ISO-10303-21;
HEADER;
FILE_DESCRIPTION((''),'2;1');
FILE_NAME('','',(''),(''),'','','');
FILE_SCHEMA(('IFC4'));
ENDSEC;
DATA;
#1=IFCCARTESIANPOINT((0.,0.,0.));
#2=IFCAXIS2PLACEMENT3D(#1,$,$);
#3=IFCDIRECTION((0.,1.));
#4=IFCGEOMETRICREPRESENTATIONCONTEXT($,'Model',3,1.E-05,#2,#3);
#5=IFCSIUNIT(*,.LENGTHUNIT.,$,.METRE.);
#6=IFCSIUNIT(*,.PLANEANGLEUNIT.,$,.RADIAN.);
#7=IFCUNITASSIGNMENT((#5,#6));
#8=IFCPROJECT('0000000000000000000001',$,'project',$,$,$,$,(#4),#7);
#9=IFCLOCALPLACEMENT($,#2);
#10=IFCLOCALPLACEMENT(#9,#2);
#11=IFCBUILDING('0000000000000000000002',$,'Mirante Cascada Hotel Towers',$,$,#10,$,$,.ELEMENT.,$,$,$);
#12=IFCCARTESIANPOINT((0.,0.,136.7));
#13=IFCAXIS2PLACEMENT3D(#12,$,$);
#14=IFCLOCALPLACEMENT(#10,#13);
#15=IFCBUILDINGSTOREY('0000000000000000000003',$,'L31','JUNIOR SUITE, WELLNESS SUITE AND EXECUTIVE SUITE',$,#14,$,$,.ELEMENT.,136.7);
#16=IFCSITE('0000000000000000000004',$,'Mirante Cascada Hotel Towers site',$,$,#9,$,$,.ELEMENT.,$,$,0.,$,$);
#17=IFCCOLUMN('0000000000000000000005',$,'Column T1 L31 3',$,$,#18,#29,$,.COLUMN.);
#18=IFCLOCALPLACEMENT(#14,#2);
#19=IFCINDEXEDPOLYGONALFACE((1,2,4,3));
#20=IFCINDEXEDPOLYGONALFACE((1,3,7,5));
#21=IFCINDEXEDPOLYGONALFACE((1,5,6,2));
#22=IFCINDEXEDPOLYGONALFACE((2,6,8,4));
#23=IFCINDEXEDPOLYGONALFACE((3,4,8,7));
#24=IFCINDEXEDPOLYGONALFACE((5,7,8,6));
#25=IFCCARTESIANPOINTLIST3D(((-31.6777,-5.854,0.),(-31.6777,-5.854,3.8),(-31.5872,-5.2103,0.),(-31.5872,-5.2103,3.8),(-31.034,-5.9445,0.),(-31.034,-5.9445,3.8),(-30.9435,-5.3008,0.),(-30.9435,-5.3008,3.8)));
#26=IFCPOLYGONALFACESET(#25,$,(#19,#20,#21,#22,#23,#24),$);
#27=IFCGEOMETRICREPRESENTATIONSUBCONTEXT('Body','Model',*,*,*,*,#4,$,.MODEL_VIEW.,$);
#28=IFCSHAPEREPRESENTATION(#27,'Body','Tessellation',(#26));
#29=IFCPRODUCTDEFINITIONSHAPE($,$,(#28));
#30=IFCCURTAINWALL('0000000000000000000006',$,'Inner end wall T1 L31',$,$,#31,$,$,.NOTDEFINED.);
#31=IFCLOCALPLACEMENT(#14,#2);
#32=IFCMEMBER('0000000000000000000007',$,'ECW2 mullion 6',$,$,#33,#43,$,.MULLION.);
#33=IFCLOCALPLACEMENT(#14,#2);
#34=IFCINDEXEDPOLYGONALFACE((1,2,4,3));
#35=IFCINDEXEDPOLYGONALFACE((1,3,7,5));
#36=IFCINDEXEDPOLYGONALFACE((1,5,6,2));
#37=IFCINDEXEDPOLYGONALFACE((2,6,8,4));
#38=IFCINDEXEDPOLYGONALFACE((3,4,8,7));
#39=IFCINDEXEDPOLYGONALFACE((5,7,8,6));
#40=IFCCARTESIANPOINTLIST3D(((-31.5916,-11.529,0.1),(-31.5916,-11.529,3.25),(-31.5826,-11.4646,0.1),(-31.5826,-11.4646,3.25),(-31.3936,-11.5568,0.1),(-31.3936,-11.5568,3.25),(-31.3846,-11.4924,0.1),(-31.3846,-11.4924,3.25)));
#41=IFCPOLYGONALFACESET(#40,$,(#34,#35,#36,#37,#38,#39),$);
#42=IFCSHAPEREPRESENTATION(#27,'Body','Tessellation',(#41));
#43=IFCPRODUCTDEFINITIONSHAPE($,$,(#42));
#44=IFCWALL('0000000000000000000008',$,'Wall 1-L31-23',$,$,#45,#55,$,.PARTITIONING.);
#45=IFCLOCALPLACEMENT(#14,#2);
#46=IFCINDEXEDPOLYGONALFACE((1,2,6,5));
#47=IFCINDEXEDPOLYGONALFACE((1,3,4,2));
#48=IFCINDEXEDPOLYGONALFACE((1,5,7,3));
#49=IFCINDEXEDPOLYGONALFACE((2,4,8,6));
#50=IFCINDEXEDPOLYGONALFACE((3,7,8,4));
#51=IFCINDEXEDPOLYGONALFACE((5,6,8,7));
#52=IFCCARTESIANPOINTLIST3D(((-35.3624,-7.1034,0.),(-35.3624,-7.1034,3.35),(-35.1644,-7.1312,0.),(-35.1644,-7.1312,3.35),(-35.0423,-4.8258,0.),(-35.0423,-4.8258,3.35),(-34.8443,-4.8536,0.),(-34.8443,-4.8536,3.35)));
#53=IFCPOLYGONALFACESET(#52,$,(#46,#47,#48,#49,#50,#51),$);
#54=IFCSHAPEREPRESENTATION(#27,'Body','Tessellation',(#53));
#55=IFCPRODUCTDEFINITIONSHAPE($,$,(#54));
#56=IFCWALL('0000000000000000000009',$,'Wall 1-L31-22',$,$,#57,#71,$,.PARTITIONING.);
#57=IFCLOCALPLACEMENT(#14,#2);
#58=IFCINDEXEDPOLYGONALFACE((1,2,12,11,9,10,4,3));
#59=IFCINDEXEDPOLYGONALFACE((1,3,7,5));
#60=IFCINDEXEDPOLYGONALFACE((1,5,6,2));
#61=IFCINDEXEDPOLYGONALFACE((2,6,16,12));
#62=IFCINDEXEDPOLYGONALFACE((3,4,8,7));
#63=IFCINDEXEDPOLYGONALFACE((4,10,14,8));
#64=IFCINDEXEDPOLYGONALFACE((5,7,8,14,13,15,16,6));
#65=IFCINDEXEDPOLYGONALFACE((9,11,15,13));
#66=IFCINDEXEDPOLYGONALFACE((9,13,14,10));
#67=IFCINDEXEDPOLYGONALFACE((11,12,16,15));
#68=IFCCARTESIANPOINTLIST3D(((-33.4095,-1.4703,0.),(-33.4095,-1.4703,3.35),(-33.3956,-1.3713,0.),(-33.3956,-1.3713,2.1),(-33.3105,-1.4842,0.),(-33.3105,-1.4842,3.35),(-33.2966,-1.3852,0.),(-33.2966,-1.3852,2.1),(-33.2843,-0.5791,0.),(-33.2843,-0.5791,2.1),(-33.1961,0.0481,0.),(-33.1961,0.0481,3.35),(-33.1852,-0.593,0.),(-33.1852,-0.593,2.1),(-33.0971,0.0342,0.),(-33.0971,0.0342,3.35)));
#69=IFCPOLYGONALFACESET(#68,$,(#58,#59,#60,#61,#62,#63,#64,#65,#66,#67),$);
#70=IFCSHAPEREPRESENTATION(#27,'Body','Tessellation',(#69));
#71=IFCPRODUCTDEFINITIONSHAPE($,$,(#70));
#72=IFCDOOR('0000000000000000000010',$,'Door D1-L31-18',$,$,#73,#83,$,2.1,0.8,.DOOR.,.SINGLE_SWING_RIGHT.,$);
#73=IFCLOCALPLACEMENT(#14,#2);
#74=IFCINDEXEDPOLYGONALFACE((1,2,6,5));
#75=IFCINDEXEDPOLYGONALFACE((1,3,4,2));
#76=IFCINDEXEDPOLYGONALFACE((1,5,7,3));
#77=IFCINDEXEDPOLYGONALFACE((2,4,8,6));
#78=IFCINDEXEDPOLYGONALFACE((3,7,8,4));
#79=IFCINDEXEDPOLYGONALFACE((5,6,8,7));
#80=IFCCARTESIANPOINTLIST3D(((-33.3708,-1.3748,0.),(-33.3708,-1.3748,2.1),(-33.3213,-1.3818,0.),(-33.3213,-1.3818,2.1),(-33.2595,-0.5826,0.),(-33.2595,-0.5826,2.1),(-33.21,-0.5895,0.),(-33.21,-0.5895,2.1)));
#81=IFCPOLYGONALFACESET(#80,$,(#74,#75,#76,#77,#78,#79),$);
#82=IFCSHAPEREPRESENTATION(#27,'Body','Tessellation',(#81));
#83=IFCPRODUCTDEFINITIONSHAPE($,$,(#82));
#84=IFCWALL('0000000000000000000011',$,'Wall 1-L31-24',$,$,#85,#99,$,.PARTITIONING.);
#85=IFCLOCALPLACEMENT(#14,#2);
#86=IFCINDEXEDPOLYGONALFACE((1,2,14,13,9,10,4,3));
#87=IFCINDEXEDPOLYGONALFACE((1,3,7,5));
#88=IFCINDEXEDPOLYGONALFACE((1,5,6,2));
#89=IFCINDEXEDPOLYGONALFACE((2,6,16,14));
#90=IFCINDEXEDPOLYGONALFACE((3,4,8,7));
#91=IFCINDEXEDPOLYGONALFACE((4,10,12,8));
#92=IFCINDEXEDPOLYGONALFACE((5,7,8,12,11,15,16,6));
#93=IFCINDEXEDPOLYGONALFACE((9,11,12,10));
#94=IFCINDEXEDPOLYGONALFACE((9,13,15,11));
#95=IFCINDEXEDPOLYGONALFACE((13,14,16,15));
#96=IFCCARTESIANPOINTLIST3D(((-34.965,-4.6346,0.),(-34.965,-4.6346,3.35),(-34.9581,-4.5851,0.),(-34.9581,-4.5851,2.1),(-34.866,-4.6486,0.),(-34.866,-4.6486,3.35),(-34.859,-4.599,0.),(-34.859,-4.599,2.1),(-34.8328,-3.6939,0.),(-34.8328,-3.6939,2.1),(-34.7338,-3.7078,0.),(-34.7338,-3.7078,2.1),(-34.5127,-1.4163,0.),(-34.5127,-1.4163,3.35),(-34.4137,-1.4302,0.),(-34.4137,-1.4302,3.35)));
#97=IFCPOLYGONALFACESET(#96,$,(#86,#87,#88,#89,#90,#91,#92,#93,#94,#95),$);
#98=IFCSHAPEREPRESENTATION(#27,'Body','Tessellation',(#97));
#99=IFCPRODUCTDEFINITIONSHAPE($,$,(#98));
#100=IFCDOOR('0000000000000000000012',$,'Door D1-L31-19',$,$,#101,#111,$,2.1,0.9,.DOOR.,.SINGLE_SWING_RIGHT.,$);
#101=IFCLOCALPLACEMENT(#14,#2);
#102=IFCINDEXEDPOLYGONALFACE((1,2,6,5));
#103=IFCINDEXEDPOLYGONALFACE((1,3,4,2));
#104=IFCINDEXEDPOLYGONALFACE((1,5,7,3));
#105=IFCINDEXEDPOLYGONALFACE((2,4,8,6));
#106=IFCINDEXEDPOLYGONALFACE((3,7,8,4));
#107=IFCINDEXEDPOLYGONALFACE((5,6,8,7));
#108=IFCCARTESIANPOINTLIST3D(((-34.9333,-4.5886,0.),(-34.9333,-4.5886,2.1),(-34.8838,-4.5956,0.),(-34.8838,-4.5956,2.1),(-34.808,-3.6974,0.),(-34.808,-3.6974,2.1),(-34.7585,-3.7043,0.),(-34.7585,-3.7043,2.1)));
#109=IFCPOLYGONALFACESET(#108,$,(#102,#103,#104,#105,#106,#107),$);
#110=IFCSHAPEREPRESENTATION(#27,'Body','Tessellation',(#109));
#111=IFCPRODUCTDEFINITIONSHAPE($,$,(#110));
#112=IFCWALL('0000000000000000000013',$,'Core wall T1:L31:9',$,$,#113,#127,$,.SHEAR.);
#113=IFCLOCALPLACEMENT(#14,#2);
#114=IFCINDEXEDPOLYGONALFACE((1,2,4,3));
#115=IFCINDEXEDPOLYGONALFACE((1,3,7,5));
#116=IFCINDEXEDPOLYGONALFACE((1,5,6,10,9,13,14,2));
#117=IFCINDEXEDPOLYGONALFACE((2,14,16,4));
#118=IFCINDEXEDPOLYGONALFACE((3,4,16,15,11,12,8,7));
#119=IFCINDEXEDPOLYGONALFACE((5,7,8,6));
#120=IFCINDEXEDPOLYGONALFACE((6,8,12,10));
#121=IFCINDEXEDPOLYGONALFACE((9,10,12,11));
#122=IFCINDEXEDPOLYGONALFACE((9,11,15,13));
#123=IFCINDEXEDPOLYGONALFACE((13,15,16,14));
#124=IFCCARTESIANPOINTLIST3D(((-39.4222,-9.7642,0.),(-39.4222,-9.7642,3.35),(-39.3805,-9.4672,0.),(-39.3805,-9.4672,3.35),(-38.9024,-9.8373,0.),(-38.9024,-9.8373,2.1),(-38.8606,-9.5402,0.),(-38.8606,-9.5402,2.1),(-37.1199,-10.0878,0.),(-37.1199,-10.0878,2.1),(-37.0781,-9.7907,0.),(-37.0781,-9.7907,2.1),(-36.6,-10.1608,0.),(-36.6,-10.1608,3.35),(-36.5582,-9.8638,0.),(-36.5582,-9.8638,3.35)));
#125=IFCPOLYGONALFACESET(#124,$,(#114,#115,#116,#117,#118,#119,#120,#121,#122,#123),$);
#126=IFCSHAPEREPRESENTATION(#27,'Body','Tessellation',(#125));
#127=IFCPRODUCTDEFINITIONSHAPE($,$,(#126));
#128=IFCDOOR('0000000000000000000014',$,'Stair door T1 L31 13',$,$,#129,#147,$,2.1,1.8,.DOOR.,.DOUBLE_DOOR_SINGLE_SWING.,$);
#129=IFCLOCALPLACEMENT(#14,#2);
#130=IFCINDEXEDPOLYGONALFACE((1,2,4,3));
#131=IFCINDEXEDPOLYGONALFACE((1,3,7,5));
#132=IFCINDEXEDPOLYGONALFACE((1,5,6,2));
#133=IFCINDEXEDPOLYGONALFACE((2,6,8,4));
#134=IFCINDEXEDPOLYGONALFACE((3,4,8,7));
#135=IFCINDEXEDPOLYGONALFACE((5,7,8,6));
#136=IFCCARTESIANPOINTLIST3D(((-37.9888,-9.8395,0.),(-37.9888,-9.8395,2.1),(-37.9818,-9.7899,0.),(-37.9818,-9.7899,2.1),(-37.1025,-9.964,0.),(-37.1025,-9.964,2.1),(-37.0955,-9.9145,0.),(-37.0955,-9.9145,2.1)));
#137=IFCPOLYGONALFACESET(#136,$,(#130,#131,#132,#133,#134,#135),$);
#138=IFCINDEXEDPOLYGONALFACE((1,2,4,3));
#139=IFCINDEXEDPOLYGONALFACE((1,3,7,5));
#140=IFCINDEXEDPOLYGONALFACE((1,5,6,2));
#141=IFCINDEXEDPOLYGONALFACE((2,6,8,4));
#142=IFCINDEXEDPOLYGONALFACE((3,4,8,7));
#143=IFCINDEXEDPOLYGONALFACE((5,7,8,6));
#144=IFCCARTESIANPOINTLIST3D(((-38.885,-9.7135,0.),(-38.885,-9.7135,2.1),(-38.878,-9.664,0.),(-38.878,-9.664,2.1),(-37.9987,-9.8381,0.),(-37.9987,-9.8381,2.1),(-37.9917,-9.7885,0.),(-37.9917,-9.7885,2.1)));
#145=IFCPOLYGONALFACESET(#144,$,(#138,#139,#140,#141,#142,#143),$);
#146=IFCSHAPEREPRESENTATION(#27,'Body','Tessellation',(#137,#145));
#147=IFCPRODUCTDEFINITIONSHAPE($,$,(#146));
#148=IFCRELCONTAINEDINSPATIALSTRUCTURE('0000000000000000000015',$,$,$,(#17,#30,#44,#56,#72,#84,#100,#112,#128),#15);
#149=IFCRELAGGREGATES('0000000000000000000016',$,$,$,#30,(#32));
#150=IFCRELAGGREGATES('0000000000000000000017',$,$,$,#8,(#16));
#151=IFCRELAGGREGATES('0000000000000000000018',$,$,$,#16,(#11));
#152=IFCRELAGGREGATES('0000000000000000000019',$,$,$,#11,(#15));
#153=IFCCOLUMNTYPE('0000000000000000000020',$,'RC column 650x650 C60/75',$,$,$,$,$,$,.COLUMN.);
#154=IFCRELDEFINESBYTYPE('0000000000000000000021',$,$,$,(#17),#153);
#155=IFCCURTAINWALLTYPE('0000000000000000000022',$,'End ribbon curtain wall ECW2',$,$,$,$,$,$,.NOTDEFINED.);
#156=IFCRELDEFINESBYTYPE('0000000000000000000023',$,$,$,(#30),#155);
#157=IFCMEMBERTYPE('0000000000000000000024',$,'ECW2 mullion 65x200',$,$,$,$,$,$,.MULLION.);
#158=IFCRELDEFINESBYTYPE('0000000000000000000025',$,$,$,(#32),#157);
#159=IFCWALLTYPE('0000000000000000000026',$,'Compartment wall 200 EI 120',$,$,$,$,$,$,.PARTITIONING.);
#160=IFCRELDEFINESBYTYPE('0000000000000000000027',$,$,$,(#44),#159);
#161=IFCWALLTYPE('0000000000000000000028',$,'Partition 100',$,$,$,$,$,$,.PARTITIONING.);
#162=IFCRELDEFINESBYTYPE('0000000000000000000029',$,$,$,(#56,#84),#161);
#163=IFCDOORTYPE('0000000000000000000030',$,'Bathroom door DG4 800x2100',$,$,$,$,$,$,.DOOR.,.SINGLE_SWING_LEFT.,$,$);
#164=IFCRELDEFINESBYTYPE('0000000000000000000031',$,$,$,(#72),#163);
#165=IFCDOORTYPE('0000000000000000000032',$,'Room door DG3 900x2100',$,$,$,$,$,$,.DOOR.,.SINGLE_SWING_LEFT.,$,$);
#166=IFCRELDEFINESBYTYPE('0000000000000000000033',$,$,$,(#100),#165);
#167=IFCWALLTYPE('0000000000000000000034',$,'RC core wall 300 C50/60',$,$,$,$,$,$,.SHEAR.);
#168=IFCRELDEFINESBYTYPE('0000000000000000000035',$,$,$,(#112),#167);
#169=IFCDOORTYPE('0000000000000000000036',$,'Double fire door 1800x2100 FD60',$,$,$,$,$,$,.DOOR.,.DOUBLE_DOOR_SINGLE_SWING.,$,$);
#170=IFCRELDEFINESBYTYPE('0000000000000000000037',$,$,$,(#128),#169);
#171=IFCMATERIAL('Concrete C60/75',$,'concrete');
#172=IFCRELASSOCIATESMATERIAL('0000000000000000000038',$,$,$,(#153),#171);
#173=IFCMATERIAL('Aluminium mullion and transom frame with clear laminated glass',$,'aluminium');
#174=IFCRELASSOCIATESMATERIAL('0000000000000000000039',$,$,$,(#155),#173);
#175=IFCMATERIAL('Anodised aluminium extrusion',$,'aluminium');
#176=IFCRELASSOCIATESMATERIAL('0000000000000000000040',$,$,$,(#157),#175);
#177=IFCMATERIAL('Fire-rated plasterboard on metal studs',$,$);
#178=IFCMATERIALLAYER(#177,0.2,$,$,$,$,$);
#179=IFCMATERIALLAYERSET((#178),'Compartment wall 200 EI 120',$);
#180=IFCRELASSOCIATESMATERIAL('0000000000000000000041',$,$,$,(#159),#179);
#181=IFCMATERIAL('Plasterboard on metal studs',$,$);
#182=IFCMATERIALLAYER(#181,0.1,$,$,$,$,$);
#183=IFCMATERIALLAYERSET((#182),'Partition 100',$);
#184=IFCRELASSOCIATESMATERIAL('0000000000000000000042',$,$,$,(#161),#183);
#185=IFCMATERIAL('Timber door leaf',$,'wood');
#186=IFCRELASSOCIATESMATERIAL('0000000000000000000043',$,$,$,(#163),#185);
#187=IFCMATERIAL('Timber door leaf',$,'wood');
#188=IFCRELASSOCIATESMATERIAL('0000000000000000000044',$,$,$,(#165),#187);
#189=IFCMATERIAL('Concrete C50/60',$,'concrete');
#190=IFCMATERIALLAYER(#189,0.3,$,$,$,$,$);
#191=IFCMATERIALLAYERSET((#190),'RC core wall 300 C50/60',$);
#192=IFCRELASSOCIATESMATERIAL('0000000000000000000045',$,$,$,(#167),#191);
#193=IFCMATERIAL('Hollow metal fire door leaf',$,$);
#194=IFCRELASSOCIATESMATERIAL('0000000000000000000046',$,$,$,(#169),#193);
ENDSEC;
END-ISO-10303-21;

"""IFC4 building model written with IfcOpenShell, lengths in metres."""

from ifc_helpers import new_model, si_unit, direction, frame, frame_2d, origin, origin_2d, place, context, subcontext, project, spatial, rectangle, extrude, material, layer, layer_set, material_profile, profile_set, type_object, element, fill, aggregate, save


model = new_model("IFC4")

# Units and contexts
model_context = context("Model", 3, precision=1e-05, world=origin(), true_north=direction((0.0, 1.0)))
body_context = subcontext(model_context, "Body", "Model", "MODEL_VIEW")
ifc_project = project(units=[si_unit("LENGTHUNIT", "METRE"), si_unit("PLANEANGLEUNIT", "RADIAN")], contexts=[model_context])

# Site, building, storey
site_placement = place(None, origin())
site = spatial("IfcSite", under=ifc_project, at=site_placement, Name="Mirante Cascada Hotel Towers site", CompositionType="ELEMENT", RefElevation=0.0)
building_placement = place(site_placement, origin())
building = spatial("IfcBuilding", under=site, at=building_placement, Name="Mirante Cascada Hotel Towers", CompositionType="ELEMENT")
storey_placement = place(building_placement, frame((0.0, 0.0, 136.7)))
storey = spatial("IfcBuildingStorey", under=building, at=storey_placement, Name="L31", Description="JUNIOR SUITE, WELLNESS SUITE AND EXECUTIVE SUITE", CompositionType="ELEMENT", Elevation=136.7)

# Column
ifc_material_1 = material(Name="Concrete C60/75", Category="concrete")
ifc_material_profile_1 = material_profile(ifc_material_1, rectangle(XDim=0.65, YDim=0.65, at=origin_2d()), Name="RC column 650x650 C60/75")
ifc_profile_set_1 = profile_set([ifc_material_profile_1], Name="Concrete C60/75")
column_type = type_object("IfcColumnType", Name="RC column 650x650 C60/75", PredefinedType="COLUMN", material=ifc_profile_set_1)
column_placement = place(storey_placement, frame((-31.3106, -5.5774, 0.0), z_axis=(0.0, 0.0, 1.0), x_axis=(-0.990268, 0.139173, 0.0)))
element("IfcColumn", 1, at=column_placement, inside=storey, type_object=column_type, Name="Column T1 L31 3", PredefinedType="COLUMN", context=body_context, shape_type="SweptSolid", body=[
    extrude(rectangle(XDim=0.65, YDim=0.65, at=origin_2d()), origin(), (0.0, 0.0, 1.0), 3.8),
])

# Curtain wall, member
ifc_material_2 = material(Name="Aluminium mullion and transom frame with clear laminated glass", Category="aluminium")
curtain_wall_type = type_object("IfcCurtainWallType", Name="End ribbon curtain wall ECW2", PredefinedType="NOTDEFINED", material=ifc_material_2)
curtain_wall_placement = place(storey_placement, origin())
curtain_wall = element("IfcCurtainWall", 2, at=curtain_wall_placement, inside=storey, type_object=curtain_wall_type, Name="Inner end wall T1 L31", PredefinedType="NOTDEFINED")
ifc_material_3 = material(Name="Anodised aluminium extrusion", Category="aluminium")
ifc_material_profile_2 = material_profile(ifc_material_3, rectangle(XDim=0.2, YDim=0.065, at=origin_2d()), Name="ECW2 MULLION 65x200")
ifc_profile_set_2 = profile_set([ifc_material_profile_2], Name="Anodised aluminium extrusion")
member_type = type_object("IfcMemberType", Name="ECW2 mullion 65x200", PredefinedType="MULLION", material=ifc_profile_set_2)
member_placement = place(storey_placement, frame((-31.4881, -11.5107, 0.1), z_axis=(0.0, 0.0, 1.0), x_axis=(0.990268, -0.139173, 0.0)))
member = element("IfcMember", 3, at=member_placement, type_object=member_type, Name="ECW2 mullion 6", PredefinedType="MULLION", context=body_context, shape_type="SweptSolid", body=[
    extrude(rectangle(XDim=0.2, YDim=0.065, at=origin_2d()), origin(), (0.0, 0.0, 1.0), 3.15),
])
aggregate(curtain_wall, [member])

# Wall
ifc_material_4 = material(Name="Fire-rated plasterboard on metal studs")
ifc_layer_1 = layer(ifc_material_4, 0.2)
ifc_layer_set_1 = layer_set([ifc_layer_1], Name="Compartment wall 200 EI 120")
wall_type_1 = type_object("IfcWallType", Name="Compartment wall 200 EI 120", PredefinedType="PARTITIONING", material=ifc_layer_set_1)
wall_1_placement = place(storey_placement, frame((-34.9433, -4.8397, 0.0), z_axis=(0.0, 0.0, 1.0), x_axis=(-0.139175, -0.990268, 0.0)))
element("IfcWall", 4, at=wall_1_placement, inside=storey, type_object=wall_type_1, Name="Wall 1-L31-23", PredefinedType="PARTITIONING", context=body_context, shape_type="SweptSolid", body=[
    extrude(rectangle(XDim=2.3, YDim=0.2, at=frame_2d((1.15, 0.0))), origin(), (0.0, 0.0, 1.0), 3.35),
])

# Walls, openings, doors
ifc_material_5 = material(Name="Plasterboard on metal studs")
ifc_layer_2 = layer(ifc_material_5, 0.1)
ifc_layer_set_2 = layer_set([ifc_layer_2], Name="Partition 100")
wall_type_2 = type_object("IfcWallType", Name="Partition 100", PredefinedType="PARTITIONING", material=ifc_layer_set_2)
wall_2_placement = place(storey_placement, frame((-33.36, -1.4773, 0.0), z_axis=(0.0, 0.0, 1.0), x_axis=(0.139175, 0.990268, 0.0)))
wall_2 = element("IfcWall", 5, at=wall_2_placement, inside=storey, type_object=wall_type_2, Name="Wall 1-L31-22", PredefinedType="PARTITIONING", context=body_context, shape_type="SweptSolid", body=[
    extrude(rectangle(XDim=1.5333, YDim=0.1, at=frame_2d((0.7667, 0.0))), origin(), (0.0, 0.0, 1.0), 3.35),
])
opening_1_placement = place(wall_2_placement, frame((0.1, 0.0, 0.0)))
opening_1 = element("IfcOpeningElement", 6, at=opening_1_placement, cuts=wall_2, PredefinedType="OPENING", context=body_context, shape_type="SweptSolid", body=[
    extrude(rectangle(XDim=0.8, YDim=2.1, at=frame_2d((0.4, 1.05))), frame((0.0, 0.05, 0.0), z_axis=(0.0, -1.0, 0.0), x_axis=(1.0, 0.0, 0.0)), (0.0, 0.0, 1.0), 0.1),
])
ifc_material_6 = material(Name="Timber door leaf", Category="wood")
door_type_1 = type_object("IfcDoorType", Name="Bathroom door DG4 800x2100", OperationType="SINGLE_SWING_LEFT", PredefinedType="DOOR", material=ifc_material_6)
door_1_placement = place(opening_1_placement, frame((0.8, 0.0, 0.0), z_axis=(0.0, 0.0, 1.0), x_axis=(-1.0, 0.0, 0.0)))
door_1 = element("IfcDoor", 7, at=door_1_placement, inside=storey, type_object=door_type_1, Name="Door D1-L31-18", OperationType="SINGLE_SWING_RIGHT", OverallHeight=2.1, OverallWidth=0.8, PredefinedType="DOOR", context=body_context, shape_type="SweptSolid", body=[
    extrude(rectangle(XDim=0.8, YDim=2.1, at=frame_2d((0.4, 1.05))), frame((0.0, 0.025, 0.0), z_axis=(0.0, -1.0, 0.0), x_axis=(1.0, 0.0, 0.0)), (0.0, 0.0, 1.0), 0.05),
])
fill(opening_1, door_1)
wall_3_placement = place(storey_placement, frame((-34.9155, -4.6416, 0.0), z_axis=(0.0, 0.0, 1.0), x_axis=(0.139168, 0.990269, 0.0)))
wall_3 = element("IfcWall", 8, at=wall_3_placement, inside=storey, type_object=wall_type_2, Name="Wall 1-L31-24", PredefinedType="PARTITIONING", context=body_context, shape_type="SweptSolid", body=[
    extrude(rectangle(XDim=3.25, YDim=0.1, at=frame_2d((1.625, 0.0))), origin(), (0.0, 0.0, 1.0), 3.35),
])
opening_2_placement = place(wall_3_placement, frame((0.05, 0.0, 0.0)))
opening_2 = element("IfcOpeningElement", 9, at=opening_2_placement, cuts=wall_3, PredefinedType="OPENING", context=body_context, shape_type="SweptSolid", body=[
    extrude(rectangle(XDim=0.9, YDim=2.1, at=frame_2d((0.45, 1.05))), frame((0.0, 0.05, 0.0), z_axis=(0.0, -1.0, 0.0), x_axis=(1.0, 0.0, 0.0)), (0.0, 0.0, 1.0), 0.1),
])
ifc_material_7 = material(Name="Timber door leaf", Category="wood")
door_type_2 = type_object("IfcDoorType", Name="Room door DG3 900x2100", OperationType="SINGLE_SWING_LEFT", PredefinedType="DOOR", material=ifc_material_7)
door_2_placement = place(opening_2_placement, frame((0.9, 0.0, 0.0), z_axis=(0.0, 0.0, 1.0), x_axis=(-1.0, 0.0, 0.0)))
door_2 = element("IfcDoor", 10, at=door_2_placement, inside=storey, type_object=door_type_2, Name="Door D1-L31-19", OperationType="SINGLE_SWING_RIGHT", OverallHeight=2.1, OverallWidth=0.9, PredefinedType="DOOR", context=body_context, shape_type="SweptSolid", body=[
    extrude(rectangle(XDim=0.9, YDim=2.1, at=frame_2d((0.45, 1.05))), frame((0.0, 0.025, 0.0), z_axis=(0.0, -1.0, 0.0), x_axis=(1.0, 0.0, 0.0)), (0.0, 0.0, 1.0), 0.05),
])
fill(opening_2, door_2)
ifc_material_8 = material(Name="Concrete C50/60", Category="concrete")
ifc_layer_3 = layer(ifc_material_8, 0.3)
ifc_layer_set_3 = layer_set([ifc_layer_3], Name="RC core wall 300 C50/60")
wall_type_3 = type_object("IfcWallType", Name="RC core wall 300 C50/60", PredefinedType="SHEAR", material=ifc_layer_set_3)
wall_4_placement = place(storey_placement, frame((-36.5791, -10.0123, 0.0), z_axis=(0.0, 0.0, 1.0), x_axis=(-0.99027, 0.139156, 0.0)))
wall_4 = element("IfcWall", 11, at=wall_4_placement, inside=storey, type_object=wall_type_3, Name="Core wall T1:L31:9", PredefinedType="SHEAR", context=body_context, shape_type="SweptSolid", body=[
    extrude(rectangle(XDim=2.85, YDim=0.3, at=frame_2d((1.425, 0.0))), origin(), (0.0, 0.0, 1.0), 3.35),
])
opening_3_placement = place(wall_4_placement, frame((0.525, 0.0, 0.0)))
opening_3 = element("IfcOpeningElement", 12, at=opening_3_placement, cuts=wall_4, PredefinedType="OPENING", context=body_context, shape_type="SweptSolid", body=[
    extrude(rectangle(XDim=1.8, YDim=2.1, at=frame_2d((0.9, 1.05))), frame((0.0, 0.15, 0.0), z_axis=(0.0, -1.0, 0.0), x_axis=(1.0, 0.0, 0.0)), (0.0, 0.0, 1.0), 0.3),
])
ifc_material_9 = material(Name="Hollow metal fire door leaf")
door_type_3 = type_object("IfcDoorType", Name="Double fire door 1800x2100 FD60", OperationType="DOUBLE_DOOR_SINGLE_SWING", PredefinedType="DOOR", material=ifc_material_9)
door_3_placement = place(opening_3_placement, origin())
door_3 = element("IfcDoor", 13, at=door_3_placement, inside=storey, type_object=door_type_3, Name="Stair door T1 L31 13", OperationType="DOUBLE_DOOR_SINGLE_SWING", OverallHeight=2.1, OverallWidth=1.8, PredefinedType="DOOR", context=body_context, shape_type="SweptSolid", body=[
    extrude(rectangle(XDim=0.895, YDim=2.1, at=frame_2d((0.4475, 1.05))), frame((0.0, 0.025, 0.0), z_axis=(0.0, -1.0, 0.0), x_axis=(1.0, 0.0, 0.0)), (0.0, 0.0, 1.0), 0.05),
    extrude(rectangle(XDim=0.895, YDim=2.1, at=frame_2d((1.3525, 1.05))), frame((0.0, 0.025, 0.0), z_axis=(0.0, -1.0, 0.0), x_axis=(1.0, 0.0, 0.0)), (0.0, 0.0, 1.0), 0.05),
])
fill(opening_3, door_3)

save(model, "model.ifc")
